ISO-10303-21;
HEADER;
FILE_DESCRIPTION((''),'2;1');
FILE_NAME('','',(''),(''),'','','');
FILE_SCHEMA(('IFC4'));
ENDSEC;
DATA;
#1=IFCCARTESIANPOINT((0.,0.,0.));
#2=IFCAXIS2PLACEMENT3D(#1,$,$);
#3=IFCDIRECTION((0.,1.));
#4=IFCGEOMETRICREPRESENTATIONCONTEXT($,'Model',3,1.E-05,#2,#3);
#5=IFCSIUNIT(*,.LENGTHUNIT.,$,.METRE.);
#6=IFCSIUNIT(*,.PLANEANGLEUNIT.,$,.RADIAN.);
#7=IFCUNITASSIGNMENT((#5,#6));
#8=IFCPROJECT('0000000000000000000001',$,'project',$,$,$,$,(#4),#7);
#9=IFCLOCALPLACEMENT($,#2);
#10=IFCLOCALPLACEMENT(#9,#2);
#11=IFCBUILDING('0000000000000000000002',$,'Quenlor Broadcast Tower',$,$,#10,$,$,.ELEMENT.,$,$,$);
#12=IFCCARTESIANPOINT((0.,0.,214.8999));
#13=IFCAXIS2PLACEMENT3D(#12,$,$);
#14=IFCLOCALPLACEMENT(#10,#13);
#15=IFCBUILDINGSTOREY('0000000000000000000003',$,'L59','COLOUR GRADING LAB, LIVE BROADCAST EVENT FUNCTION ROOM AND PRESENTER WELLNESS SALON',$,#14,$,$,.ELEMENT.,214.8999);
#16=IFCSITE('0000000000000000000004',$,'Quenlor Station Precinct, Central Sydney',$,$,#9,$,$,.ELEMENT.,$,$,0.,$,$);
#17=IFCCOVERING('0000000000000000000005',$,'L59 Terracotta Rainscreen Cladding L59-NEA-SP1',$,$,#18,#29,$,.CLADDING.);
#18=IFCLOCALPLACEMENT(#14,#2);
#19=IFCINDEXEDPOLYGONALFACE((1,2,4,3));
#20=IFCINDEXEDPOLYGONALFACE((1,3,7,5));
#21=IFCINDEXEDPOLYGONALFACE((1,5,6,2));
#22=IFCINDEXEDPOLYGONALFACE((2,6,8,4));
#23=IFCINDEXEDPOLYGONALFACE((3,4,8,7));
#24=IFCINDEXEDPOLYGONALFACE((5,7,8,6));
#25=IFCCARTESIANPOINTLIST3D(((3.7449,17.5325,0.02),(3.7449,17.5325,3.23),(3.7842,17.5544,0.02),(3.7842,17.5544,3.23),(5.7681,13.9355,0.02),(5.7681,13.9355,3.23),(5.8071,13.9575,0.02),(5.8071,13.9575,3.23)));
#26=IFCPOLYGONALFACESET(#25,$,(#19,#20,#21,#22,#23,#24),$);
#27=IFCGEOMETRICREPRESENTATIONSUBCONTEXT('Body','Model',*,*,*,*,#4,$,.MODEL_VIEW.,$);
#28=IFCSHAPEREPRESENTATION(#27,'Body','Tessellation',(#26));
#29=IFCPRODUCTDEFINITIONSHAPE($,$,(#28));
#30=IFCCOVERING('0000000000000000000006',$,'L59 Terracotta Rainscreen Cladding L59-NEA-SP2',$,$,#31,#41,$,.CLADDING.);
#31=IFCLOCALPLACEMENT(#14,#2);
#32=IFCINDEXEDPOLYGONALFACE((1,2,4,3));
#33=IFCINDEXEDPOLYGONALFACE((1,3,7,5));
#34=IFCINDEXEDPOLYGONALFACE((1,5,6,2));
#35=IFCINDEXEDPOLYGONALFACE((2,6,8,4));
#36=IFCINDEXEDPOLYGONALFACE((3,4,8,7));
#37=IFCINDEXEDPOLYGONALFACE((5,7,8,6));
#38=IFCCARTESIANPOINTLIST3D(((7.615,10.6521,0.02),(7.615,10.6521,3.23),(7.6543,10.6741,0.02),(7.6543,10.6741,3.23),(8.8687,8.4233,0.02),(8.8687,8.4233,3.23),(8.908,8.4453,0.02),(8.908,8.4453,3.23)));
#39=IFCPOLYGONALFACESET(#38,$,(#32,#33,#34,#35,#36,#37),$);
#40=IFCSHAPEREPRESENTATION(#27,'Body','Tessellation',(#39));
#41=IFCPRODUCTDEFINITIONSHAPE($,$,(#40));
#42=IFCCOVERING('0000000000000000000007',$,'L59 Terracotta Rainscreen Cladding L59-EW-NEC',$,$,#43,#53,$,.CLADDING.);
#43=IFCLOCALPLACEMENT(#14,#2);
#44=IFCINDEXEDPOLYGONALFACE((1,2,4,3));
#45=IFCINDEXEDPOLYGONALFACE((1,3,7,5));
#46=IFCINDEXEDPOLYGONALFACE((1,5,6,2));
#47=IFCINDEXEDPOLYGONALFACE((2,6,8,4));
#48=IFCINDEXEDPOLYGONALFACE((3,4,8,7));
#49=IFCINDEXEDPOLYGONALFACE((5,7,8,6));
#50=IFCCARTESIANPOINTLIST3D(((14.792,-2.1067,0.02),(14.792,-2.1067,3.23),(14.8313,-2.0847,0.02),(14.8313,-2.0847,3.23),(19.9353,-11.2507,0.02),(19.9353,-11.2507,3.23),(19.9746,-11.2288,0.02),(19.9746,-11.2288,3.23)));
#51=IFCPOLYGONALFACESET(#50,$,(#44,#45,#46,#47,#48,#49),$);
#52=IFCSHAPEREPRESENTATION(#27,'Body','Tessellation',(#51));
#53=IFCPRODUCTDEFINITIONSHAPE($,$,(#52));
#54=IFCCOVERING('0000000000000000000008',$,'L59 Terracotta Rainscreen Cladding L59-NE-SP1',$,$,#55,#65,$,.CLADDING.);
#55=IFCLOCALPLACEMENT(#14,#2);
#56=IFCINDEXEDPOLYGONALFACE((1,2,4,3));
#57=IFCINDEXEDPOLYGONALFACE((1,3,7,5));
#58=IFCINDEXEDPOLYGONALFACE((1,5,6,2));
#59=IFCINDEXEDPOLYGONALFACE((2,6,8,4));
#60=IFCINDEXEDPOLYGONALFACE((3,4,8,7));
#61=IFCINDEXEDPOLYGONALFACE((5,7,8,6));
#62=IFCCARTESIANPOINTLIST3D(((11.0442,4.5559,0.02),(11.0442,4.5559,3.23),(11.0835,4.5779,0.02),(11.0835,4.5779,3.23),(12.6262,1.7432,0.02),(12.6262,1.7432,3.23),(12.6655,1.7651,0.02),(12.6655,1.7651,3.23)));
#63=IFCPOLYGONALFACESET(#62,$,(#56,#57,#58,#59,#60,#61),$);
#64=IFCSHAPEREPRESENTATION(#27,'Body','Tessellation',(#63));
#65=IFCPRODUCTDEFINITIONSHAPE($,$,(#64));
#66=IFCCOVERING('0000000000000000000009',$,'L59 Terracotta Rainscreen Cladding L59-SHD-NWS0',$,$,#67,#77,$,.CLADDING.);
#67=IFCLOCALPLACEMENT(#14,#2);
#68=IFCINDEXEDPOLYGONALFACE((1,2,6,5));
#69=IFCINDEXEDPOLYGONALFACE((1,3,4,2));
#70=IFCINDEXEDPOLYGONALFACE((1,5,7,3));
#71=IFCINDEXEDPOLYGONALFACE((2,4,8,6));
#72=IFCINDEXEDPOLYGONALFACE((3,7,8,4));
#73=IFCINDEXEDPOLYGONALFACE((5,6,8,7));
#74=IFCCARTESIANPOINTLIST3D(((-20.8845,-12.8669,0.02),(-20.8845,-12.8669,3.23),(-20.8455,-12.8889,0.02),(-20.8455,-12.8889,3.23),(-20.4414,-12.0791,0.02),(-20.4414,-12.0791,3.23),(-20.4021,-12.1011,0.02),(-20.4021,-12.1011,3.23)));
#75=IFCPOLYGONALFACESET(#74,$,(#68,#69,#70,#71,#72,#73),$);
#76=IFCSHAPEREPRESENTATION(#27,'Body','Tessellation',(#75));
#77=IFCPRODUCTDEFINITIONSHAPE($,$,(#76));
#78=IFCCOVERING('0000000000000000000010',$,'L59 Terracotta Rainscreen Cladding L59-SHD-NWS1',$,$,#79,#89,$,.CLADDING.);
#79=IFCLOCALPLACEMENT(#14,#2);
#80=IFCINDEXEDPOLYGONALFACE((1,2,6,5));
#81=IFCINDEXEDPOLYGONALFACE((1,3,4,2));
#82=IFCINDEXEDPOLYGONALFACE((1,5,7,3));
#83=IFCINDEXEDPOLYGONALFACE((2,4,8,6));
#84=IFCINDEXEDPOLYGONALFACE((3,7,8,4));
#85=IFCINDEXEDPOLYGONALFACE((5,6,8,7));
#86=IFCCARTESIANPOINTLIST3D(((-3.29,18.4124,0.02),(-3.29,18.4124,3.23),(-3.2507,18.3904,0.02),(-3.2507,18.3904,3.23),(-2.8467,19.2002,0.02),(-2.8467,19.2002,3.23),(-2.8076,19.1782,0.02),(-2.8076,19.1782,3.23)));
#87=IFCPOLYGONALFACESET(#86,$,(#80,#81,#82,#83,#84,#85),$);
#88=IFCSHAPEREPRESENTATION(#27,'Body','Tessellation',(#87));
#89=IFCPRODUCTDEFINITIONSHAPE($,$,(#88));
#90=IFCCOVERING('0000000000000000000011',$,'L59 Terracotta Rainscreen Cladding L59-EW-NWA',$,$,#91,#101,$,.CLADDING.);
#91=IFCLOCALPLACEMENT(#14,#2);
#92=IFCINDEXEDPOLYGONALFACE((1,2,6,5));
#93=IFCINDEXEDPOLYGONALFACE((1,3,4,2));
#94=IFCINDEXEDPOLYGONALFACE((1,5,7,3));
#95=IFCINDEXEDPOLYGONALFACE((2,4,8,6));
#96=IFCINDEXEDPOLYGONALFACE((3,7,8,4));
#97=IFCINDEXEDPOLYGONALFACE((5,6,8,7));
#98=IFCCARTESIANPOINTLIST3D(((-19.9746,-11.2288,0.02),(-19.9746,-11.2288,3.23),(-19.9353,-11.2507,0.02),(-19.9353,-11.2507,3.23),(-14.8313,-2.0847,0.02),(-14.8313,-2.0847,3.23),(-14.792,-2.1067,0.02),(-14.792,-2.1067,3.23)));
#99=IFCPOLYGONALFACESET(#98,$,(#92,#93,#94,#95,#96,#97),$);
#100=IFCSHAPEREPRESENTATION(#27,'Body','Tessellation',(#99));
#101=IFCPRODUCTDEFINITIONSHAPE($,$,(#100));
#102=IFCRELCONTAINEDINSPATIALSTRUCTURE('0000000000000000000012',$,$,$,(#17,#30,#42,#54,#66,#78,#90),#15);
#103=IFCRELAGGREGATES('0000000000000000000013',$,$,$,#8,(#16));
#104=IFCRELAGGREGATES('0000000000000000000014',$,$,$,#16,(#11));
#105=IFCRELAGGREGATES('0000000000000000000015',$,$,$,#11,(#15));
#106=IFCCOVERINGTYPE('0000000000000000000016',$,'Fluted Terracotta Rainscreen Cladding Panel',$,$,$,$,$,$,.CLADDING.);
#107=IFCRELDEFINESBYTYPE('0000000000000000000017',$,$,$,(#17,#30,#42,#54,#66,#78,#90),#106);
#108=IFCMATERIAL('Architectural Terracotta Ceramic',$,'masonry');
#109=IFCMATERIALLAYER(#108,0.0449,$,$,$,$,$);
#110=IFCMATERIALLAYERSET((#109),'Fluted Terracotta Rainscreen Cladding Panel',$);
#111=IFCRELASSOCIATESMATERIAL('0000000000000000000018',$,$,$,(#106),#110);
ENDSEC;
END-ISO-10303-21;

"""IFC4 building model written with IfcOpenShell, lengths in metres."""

from ifc_helpers import new_model, si_unit, direction, frame, origin, place, context, subcontext, project, spatial, polyline, outline, extrude, material, layer, layer_set, type_object, element, save


model = new_model("IFC4")

# Units and contexts
model_context = context("Model", 3, precision=1e-05, world=origin(), true_north=direction((0.0, 1.0)))
body_context = subcontext(model_context, "Body", "Model", "MODEL_VIEW")
ifc_project = project(units=[si_unit("LENGTHUNIT", "METRE"), si_unit("PLANEANGLEUNIT", "RADIAN")], contexts=[model_context])

# Site, building, storey
site_placement = place(None, origin())
site = spatial("IfcSite", under=ifc_project, at=site_placement, Name="Quenlor Station Precinct, Central Sydney", CompositionType="ELEMENT", RefElevation=0.0)
building_placement = place(site_placement, origin())
building = spatial("IfcBuilding", under=site, at=building_placement, Name="Quenlor Broadcast Tower", CompositionType="ELEMENT")
storey_placement = place(building_placement, frame((0.0, 0.0, 214.8999)))
storey = spatial("IfcBuildingStorey", under=building, at=storey_placement, Name="L59", Description="COLOUR GRADING LAB, LIVE BROADCAST EVENT FUNCTION ROOM AND PRESENTER WELLNESS SALON", CompositionType="ELEMENT", Elevation=214.8999)

# Coverings
ifc_material_1 = material(Name="Architectural Terracotta Ceramic", Category="masonry")
ifc_layer_1 = layer(ifc_material_1, 0.0449)
ifc_layer_set_1 = layer_set([ifc_layer_1], Name="Fluted Terracotta Rainscreen Cladding Panel")
covering_type = type_object("IfcCoveringType", Name="Fluted Terracotta Rainscreen Cladding Panel", PredefinedType="CLADDING", material=ifc_layer_set_1)
covering_1_placement = place(storey_placement, frame((0.0, 0.0, 0.02)))
element("IfcCovering", 1, at=covering_1_placement, inside=storey, type_object=covering_type, Name="L59 Terracotta Rainscreen Cladding L59-NEA-SP1", PredefinedType="CLADDING", context=body_context, shape_type="SweptSolid", body=[
    extrude(outline(polyline([(3.7449, 17.5325), (5.7681, 13.9355), (5.8071, 13.9575), (3.7842, 17.5544), (3.7449, 17.5325)])), origin(), (0.0, 0.0, 1.0), 3.21),
])
covering_2_placement = place(storey_placement, frame((0.0, 0.0, 0.02)))
element("IfcCovering", 2, at=covering_2_placement, inside=storey, type_object=covering_type, Name="L59 Terracotta Rainscreen Cladding L59-NEA-SP2", PredefinedType="CLADDING", context=body_context, shape_type="SweptSolid", body=[
    extrude(outline(polyline([(7.615, 10.6521), (8.8687, 8.4233), (8.908, 8.4453), (7.6543, 10.6741), (7.615, 10.6521)])), origin(), (0.0, 0.0, 1.0), 3.21),
])
covering_3_placement = place(storey_placement, frame((0.0, 0.0, 0.02)))
element("IfcCovering", 3, at=covering_3_placement, inside=storey, type_object=covering_type, Name="L59 Terracotta Rainscreen Cladding L59-EW-NEC", PredefinedType="CLADDING", context=body_context, shape_type="SweptSolid", body=[
    extrude(outline(polyline([(14.792, -2.1067), (19.9353, -11.2507), (19.9746, -11.2288), (14.8313, -2.0847), (14.792, -2.1067)])), origin(), (0.0, 0.0, 1.0), 3.21),
])
covering_4_placement = place(storey_placement, frame((0.0, 0.0, 0.02)))
element("IfcCovering", 4, at=covering_4_placement, inside=storey, type_object=covering_type, Name="L59 Terracotta Rainscreen Cladding L59-NE-SP1", PredefinedType="CLADDING", context=body_context, shape_type="SweptSolid", body=[
    extrude(outline(polyline([(11.0442, 4.5559), (12.6262, 1.7432), (12.6655, 1.7651), (11.0835, 4.5779), (11.0442, 4.5559)])), origin(), (0.0, 0.0, 1.0), 3.21),
])
covering_5_placement = place(storey_placement, frame((0.0, 0.0, 0.02)))
element("IfcCovering", 5, at=covering_5_placement, inside=storey, type_object=covering_type, Name="L59 Terracotta Rainscreen Cladding L59-SHD-NWS0", PredefinedType="CLADDING", context=body_context, shape_type="SweptSolid", body=[
    extrude(outline(polyline([(-20.8455, -12.8889), (-20.4021, -12.1011), (-20.4414, -12.0791), (-20.8845, -12.8669), (-20.8455, -12.8889)])), origin(), (0.0, 0.0, 1.0), 3.21),
])
covering_6_placement = place(storey_placement, frame((0.0, 0.0, 0.02)))
element("IfcCovering", 6, at=covering_6_placement, inside=storey, type_object=covering_type, Name="L59 Terracotta Rainscreen Cladding L59-SHD-NWS1", PredefinedType="CLADDING", context=body_context, shape_type="SweptSolid", body=[
    extrude(outline(polyline([(-3.2507, 18.3904), (-2.8076, 19.1782), (-2.8467, 19.2002), (-3.29, 18.4124), (-3.2507, 18.3904)])), origin(), (0.0, 0.0, 1.0), 3.21),
])
covering_7_placement = place(storey_placement, frame((0.0, 0.0, 0.02)))
element("IfcCovering", 7, at=covering_7_placement, inside=storey, type_object=covering_type, Name="L59 Terracotta Rainscreen Cladding L59-EW-NWA", PredefinedType="CLADDING", context=body_context, shape_type="SweptSolid", body=[
    extrude(outline(polyline([(-19.9353, -11.2507), (-14.792, -2.1067), (-14.8313, -2.0847), (-19.9746, -11.2288), (-19.9353, -11.2507)])), origin(), (0.0, 0.0, 1.0), 3.21),
])

save(model, "model.ifc")
